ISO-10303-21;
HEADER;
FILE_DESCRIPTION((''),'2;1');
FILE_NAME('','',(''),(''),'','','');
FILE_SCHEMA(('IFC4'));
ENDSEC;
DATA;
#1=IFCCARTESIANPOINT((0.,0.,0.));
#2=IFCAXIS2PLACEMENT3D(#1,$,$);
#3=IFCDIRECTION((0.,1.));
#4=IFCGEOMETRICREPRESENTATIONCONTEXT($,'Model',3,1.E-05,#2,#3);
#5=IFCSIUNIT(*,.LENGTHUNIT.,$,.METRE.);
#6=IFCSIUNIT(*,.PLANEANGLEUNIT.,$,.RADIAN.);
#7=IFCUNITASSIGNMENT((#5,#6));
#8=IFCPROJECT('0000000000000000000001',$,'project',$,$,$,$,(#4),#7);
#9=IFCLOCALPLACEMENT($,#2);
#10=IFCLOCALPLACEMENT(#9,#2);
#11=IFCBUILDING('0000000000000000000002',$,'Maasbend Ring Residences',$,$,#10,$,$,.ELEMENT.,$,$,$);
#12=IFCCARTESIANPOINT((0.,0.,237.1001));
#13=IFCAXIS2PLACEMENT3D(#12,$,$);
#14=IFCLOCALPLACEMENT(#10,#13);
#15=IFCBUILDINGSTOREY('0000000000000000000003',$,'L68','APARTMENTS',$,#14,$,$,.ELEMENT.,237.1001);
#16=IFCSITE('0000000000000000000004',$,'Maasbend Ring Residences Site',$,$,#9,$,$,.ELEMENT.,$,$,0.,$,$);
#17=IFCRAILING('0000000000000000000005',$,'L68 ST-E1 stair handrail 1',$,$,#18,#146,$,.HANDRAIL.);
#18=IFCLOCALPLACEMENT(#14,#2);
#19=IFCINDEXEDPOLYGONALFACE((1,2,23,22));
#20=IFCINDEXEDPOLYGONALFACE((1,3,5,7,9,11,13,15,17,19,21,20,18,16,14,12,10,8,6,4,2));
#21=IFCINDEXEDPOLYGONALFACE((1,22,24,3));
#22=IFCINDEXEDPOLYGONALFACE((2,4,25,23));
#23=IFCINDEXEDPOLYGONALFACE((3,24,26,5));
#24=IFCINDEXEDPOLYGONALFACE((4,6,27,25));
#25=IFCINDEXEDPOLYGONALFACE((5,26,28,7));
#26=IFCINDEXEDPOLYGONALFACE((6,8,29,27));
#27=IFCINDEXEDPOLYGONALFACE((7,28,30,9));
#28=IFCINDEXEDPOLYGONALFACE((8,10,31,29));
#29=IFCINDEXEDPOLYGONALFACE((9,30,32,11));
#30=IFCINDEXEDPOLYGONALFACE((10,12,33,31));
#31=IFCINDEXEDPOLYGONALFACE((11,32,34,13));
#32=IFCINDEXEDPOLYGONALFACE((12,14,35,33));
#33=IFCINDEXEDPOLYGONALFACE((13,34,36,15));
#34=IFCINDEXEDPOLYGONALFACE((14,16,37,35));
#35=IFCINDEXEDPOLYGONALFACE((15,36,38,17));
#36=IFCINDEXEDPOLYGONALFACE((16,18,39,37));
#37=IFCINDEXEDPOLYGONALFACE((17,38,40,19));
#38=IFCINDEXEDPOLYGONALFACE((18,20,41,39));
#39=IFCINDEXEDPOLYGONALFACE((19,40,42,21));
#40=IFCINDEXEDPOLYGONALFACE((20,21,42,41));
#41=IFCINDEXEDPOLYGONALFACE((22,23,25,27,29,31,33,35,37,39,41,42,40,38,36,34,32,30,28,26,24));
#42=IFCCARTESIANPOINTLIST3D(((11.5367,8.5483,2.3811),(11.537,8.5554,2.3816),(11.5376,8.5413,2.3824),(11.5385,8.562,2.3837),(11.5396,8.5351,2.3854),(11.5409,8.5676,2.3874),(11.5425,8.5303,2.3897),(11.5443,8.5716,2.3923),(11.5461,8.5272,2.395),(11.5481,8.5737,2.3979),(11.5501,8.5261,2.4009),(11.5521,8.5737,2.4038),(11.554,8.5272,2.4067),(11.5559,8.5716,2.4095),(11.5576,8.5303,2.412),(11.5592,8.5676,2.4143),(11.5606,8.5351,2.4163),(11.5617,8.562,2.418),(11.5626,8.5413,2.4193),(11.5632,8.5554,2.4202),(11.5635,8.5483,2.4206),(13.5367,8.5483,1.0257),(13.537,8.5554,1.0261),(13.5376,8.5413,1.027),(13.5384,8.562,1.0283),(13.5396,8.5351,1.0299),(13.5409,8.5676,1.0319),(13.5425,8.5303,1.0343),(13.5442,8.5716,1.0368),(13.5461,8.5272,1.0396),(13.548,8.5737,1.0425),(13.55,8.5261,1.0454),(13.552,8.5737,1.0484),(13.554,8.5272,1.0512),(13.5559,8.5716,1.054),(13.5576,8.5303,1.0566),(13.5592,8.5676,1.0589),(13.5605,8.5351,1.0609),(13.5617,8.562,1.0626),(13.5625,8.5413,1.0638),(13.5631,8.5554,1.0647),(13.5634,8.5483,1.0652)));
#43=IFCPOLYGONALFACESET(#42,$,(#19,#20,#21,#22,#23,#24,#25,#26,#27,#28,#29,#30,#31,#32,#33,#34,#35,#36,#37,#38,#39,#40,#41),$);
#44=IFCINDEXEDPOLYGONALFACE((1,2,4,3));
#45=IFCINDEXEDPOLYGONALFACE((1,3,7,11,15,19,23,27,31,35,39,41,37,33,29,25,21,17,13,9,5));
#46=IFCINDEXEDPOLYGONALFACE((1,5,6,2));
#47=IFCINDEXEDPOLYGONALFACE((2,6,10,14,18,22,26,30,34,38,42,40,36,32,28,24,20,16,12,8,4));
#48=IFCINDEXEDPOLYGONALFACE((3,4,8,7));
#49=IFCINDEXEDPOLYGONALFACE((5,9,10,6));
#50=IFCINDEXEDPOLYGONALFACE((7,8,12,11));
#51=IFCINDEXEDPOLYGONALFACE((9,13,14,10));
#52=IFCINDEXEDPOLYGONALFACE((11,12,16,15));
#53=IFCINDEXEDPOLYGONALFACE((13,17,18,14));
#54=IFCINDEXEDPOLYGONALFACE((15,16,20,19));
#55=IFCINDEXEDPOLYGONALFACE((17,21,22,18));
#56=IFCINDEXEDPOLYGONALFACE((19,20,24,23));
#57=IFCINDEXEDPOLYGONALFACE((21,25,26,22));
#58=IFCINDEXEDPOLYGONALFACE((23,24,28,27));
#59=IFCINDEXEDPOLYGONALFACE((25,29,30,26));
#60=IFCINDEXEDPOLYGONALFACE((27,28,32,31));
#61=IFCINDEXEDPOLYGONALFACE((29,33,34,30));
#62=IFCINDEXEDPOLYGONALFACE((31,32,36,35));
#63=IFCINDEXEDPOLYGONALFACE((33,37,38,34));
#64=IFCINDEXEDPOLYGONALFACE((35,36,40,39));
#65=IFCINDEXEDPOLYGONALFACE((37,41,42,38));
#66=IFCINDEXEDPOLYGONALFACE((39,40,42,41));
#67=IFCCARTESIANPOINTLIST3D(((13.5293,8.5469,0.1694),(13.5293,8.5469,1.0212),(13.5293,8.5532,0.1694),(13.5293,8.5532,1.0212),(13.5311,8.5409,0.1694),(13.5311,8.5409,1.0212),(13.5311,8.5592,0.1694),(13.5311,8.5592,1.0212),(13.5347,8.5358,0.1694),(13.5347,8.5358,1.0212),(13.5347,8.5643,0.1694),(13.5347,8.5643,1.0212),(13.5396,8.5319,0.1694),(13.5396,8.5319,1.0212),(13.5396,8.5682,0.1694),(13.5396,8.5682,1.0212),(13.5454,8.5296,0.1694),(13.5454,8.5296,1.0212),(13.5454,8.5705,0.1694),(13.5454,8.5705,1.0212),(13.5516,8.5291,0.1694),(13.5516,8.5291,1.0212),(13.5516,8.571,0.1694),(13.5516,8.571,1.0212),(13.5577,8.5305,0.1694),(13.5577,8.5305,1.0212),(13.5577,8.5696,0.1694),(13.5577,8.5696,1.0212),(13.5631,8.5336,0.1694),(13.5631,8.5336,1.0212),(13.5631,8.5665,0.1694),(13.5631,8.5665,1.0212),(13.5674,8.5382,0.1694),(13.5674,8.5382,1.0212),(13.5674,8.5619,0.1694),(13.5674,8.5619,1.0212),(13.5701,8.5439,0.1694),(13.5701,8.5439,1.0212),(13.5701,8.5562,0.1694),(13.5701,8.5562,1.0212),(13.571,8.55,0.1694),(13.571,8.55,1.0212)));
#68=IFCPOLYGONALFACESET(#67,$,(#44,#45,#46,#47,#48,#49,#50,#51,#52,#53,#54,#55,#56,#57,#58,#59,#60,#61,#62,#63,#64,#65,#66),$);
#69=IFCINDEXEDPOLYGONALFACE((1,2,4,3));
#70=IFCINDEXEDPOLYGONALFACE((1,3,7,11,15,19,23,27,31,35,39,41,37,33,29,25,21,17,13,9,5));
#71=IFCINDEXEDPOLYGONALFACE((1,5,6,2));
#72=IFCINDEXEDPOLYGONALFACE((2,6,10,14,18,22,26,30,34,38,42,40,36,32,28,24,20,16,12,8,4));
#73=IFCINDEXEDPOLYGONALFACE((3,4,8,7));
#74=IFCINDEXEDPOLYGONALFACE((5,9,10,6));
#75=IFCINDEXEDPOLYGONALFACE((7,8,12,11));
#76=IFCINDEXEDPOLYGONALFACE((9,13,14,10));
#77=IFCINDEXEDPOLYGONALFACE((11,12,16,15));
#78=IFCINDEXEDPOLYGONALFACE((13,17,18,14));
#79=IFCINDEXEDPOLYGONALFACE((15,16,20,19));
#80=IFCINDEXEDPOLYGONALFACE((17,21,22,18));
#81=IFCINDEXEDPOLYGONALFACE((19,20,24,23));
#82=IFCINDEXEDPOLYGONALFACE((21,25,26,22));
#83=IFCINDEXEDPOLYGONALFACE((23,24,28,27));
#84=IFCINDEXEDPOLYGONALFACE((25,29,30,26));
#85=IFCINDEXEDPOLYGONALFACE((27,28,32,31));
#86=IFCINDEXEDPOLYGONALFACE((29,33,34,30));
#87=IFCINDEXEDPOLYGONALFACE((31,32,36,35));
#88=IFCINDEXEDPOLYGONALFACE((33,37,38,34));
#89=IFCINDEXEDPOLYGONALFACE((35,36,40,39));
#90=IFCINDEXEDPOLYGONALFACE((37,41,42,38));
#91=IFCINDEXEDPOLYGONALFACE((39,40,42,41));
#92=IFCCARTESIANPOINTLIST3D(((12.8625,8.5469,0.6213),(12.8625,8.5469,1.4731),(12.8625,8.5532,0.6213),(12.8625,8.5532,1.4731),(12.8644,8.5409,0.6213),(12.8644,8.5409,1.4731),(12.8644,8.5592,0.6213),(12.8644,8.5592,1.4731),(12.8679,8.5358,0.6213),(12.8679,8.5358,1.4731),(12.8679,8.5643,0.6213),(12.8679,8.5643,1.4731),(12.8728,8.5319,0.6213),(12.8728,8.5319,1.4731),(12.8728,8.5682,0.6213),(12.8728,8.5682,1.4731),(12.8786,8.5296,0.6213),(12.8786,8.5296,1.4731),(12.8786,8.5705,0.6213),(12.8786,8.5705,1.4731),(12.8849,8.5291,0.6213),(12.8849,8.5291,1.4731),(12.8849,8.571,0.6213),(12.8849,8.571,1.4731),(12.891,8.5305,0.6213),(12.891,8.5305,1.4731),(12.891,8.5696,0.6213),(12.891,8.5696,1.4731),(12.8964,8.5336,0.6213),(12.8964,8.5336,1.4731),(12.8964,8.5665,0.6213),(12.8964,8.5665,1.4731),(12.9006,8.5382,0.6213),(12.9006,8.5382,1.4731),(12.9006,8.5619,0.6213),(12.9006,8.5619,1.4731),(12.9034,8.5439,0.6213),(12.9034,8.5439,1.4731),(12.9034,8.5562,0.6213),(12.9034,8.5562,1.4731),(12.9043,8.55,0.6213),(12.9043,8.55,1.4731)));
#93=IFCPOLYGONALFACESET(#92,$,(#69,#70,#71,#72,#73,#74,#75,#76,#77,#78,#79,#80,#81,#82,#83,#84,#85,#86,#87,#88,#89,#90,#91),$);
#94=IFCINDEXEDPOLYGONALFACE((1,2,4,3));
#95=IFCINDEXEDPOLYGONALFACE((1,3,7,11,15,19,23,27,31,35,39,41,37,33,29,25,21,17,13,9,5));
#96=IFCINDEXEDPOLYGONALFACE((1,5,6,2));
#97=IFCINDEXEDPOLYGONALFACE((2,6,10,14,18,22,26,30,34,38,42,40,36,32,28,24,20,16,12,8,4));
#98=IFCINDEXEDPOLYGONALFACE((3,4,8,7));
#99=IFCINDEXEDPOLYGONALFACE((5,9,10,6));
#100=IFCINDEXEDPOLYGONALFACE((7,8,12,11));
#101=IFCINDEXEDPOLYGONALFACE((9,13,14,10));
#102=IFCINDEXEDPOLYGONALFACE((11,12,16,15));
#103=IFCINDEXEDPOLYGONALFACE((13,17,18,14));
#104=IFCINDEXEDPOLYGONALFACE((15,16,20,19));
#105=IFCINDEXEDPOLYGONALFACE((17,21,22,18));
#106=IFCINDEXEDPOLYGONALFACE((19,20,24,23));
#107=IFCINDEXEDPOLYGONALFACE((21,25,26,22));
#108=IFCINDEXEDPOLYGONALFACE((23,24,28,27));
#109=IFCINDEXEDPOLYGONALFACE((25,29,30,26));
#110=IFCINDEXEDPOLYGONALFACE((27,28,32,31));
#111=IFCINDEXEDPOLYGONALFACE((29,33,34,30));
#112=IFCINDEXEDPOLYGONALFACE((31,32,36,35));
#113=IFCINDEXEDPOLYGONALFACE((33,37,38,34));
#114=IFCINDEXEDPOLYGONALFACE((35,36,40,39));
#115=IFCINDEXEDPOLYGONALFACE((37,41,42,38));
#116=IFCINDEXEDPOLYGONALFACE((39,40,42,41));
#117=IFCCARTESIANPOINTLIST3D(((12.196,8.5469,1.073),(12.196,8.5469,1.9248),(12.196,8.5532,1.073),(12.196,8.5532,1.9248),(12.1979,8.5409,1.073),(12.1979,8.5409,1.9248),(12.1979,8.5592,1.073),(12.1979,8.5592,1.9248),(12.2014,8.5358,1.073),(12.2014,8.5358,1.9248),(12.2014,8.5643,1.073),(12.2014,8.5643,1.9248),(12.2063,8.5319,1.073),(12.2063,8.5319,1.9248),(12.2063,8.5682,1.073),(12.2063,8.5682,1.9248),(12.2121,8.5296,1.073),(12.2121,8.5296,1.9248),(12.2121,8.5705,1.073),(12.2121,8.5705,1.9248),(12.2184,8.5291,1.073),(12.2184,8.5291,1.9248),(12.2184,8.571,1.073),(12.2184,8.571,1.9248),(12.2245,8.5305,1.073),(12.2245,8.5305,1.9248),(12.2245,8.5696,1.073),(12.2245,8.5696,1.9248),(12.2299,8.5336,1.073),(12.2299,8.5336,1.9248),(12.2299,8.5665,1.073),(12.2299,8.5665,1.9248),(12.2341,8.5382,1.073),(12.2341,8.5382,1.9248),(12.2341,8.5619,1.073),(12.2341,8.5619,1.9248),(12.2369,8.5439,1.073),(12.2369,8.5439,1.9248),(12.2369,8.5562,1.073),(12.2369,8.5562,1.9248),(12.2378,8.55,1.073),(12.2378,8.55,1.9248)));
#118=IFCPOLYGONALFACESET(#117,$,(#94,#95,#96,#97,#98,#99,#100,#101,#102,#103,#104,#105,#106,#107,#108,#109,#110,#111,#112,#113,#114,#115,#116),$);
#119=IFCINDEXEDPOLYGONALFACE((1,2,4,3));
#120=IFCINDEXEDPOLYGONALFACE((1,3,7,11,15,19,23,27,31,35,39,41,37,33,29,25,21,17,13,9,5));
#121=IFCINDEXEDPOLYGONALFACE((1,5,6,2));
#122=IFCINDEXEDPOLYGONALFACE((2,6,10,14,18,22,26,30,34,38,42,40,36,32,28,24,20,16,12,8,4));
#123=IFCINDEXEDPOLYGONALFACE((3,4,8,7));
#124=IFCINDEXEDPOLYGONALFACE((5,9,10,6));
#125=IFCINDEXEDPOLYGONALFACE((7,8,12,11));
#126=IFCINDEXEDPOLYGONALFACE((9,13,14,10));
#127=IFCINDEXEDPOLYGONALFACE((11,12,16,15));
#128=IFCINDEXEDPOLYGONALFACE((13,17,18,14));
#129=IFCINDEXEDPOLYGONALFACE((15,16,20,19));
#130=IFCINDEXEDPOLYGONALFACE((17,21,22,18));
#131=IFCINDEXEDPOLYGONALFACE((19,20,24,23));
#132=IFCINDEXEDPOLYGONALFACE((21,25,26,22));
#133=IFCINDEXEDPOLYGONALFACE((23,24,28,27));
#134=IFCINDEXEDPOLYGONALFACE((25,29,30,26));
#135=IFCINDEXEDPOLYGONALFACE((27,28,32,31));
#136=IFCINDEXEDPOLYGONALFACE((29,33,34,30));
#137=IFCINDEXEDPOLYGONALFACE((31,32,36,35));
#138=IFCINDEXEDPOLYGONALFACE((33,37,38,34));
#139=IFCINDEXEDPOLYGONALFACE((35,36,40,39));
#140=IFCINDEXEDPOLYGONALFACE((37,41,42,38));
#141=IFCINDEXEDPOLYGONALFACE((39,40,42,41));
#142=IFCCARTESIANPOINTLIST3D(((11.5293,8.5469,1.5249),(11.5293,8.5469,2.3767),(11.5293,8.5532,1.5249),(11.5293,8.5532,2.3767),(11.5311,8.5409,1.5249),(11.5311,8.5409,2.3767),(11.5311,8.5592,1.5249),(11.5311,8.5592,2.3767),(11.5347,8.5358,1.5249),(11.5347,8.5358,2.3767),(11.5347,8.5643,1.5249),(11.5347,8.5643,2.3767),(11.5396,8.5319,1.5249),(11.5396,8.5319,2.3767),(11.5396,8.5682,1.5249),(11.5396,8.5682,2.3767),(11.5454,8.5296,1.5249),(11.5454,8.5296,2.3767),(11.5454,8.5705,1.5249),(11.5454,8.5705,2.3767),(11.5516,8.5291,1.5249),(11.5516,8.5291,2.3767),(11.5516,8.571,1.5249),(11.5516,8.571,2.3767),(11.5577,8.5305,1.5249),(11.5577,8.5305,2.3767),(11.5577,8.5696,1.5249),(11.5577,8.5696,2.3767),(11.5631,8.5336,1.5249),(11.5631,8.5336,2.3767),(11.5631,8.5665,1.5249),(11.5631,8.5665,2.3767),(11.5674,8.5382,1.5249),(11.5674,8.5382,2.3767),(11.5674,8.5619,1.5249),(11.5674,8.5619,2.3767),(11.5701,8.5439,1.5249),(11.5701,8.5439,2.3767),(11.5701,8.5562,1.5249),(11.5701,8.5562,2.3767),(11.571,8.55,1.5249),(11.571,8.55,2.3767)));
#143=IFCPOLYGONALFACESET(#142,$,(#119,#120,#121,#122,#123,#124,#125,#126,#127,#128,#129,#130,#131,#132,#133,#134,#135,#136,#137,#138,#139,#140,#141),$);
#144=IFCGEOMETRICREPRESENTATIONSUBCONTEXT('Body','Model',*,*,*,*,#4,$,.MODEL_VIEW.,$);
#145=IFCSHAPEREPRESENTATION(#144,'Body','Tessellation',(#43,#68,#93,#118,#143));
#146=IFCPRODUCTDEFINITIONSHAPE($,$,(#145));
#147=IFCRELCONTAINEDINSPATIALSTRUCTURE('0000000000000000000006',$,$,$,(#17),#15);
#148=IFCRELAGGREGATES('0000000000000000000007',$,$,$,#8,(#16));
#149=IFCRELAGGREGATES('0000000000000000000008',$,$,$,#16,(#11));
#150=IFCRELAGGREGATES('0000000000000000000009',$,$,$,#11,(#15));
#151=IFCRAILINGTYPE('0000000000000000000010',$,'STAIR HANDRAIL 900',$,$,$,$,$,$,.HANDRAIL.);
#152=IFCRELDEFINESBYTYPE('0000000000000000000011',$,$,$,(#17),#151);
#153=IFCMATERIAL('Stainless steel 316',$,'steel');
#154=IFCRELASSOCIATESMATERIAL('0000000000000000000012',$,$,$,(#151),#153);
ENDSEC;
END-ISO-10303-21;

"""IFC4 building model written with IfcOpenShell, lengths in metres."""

from ifc_helpers import new_model, si_unit, direction, frame, origin, origin_2d, place, context, subcontext, project, spatial, circle, extrude, material, type_object, element, save


model = new_model("IFC4")

# Units and contexts
model_context = context("Model", 3, precision=1e-05, world=origin(), true_north=direction((0.0, 1.0)))
body_context = subcontext(model_context, "Body", "Model", "MODEL_VIEW")
ifc_project = project(units=[si_unit("LENGTHUNIT", "METRE"), si_unit("PLANEANGLEUNIT", "RADIAN")], contexts=[model_context])

# Site, building, storey
site_placement = place(None, origin())
site = spatial("IfcSite", under=ifc_project, at=site_placement, Name="Maasbend Ring Residences Site", CompositionType="ELEMENT", RefElevation=0.0)
building_placement = place(site_placement, origin())
building = spatial("IfcBuilding", under=site, at=building_placement, Name="Maasbend Ring Residences", CompositionType="ELEMENT")
storey_placement = place(building_placement, frame((0.0, 0.0, 237.1001)))
storey = spatial("IfcBuildingStorey", under=building, at=storey_placement, Name="L68", Description="APARTMENTS", CompositionType="ELEMENT", Elevation=237.1001)

# Railing
ifc_material_1 = material(Name="Stainless steel 316", Category="steel")
railing_type_1 = type_object("IfcRailingType", Name="STAIR HANDRAIL 900", PredefinedType="HANDRAIL", material=ifc_material_1)
railing_1_placement = place(storey_placement, frame((13.55, 8.55, 0.1694)))
element("IfcRailing", 1, at=railing_1_placement, inside=storey, type_object=railing_type_1, Name="L68 ST-E1 stair handrail 1", PredefinedType="HANDRAIL", context=body_context, shape_type="SweptSolid", body=[
    extrude(circle(Radius=0.0239, at=origin_2d()), frame((0.0, 0.0, 0.876), z_axis=(-0.827798, 0.0, 0.561027), x_axis=(0.0, -1.0, 0.0)), (0.0, 0.0, 1.0), 2.416),
    extrude(circle(Radius=0.021, at=origin_2d()), origin(), (0.0, 0.0, 1.0), 0.8518),
    extrude(circle(Radius=0.021, at=origin_2d()), frame((-0.6667, 0.0, 0.4519)), (0.0, 0.0, 1.0), 0.8518),
    extrude(circle(Radius=0.021, at=origin_2d()), frame((-1.3333, 0.0, 0.9036)), (0.0, 0.0, 1.0), 0.8518),
    extrude(circle(Radius=0.021, at=origin_2d()), frame((-2.0, 0.0, 1.3555)), (0.0, 0.0, 1.0), 0.8518),
])

save(model, "model.ifc")
